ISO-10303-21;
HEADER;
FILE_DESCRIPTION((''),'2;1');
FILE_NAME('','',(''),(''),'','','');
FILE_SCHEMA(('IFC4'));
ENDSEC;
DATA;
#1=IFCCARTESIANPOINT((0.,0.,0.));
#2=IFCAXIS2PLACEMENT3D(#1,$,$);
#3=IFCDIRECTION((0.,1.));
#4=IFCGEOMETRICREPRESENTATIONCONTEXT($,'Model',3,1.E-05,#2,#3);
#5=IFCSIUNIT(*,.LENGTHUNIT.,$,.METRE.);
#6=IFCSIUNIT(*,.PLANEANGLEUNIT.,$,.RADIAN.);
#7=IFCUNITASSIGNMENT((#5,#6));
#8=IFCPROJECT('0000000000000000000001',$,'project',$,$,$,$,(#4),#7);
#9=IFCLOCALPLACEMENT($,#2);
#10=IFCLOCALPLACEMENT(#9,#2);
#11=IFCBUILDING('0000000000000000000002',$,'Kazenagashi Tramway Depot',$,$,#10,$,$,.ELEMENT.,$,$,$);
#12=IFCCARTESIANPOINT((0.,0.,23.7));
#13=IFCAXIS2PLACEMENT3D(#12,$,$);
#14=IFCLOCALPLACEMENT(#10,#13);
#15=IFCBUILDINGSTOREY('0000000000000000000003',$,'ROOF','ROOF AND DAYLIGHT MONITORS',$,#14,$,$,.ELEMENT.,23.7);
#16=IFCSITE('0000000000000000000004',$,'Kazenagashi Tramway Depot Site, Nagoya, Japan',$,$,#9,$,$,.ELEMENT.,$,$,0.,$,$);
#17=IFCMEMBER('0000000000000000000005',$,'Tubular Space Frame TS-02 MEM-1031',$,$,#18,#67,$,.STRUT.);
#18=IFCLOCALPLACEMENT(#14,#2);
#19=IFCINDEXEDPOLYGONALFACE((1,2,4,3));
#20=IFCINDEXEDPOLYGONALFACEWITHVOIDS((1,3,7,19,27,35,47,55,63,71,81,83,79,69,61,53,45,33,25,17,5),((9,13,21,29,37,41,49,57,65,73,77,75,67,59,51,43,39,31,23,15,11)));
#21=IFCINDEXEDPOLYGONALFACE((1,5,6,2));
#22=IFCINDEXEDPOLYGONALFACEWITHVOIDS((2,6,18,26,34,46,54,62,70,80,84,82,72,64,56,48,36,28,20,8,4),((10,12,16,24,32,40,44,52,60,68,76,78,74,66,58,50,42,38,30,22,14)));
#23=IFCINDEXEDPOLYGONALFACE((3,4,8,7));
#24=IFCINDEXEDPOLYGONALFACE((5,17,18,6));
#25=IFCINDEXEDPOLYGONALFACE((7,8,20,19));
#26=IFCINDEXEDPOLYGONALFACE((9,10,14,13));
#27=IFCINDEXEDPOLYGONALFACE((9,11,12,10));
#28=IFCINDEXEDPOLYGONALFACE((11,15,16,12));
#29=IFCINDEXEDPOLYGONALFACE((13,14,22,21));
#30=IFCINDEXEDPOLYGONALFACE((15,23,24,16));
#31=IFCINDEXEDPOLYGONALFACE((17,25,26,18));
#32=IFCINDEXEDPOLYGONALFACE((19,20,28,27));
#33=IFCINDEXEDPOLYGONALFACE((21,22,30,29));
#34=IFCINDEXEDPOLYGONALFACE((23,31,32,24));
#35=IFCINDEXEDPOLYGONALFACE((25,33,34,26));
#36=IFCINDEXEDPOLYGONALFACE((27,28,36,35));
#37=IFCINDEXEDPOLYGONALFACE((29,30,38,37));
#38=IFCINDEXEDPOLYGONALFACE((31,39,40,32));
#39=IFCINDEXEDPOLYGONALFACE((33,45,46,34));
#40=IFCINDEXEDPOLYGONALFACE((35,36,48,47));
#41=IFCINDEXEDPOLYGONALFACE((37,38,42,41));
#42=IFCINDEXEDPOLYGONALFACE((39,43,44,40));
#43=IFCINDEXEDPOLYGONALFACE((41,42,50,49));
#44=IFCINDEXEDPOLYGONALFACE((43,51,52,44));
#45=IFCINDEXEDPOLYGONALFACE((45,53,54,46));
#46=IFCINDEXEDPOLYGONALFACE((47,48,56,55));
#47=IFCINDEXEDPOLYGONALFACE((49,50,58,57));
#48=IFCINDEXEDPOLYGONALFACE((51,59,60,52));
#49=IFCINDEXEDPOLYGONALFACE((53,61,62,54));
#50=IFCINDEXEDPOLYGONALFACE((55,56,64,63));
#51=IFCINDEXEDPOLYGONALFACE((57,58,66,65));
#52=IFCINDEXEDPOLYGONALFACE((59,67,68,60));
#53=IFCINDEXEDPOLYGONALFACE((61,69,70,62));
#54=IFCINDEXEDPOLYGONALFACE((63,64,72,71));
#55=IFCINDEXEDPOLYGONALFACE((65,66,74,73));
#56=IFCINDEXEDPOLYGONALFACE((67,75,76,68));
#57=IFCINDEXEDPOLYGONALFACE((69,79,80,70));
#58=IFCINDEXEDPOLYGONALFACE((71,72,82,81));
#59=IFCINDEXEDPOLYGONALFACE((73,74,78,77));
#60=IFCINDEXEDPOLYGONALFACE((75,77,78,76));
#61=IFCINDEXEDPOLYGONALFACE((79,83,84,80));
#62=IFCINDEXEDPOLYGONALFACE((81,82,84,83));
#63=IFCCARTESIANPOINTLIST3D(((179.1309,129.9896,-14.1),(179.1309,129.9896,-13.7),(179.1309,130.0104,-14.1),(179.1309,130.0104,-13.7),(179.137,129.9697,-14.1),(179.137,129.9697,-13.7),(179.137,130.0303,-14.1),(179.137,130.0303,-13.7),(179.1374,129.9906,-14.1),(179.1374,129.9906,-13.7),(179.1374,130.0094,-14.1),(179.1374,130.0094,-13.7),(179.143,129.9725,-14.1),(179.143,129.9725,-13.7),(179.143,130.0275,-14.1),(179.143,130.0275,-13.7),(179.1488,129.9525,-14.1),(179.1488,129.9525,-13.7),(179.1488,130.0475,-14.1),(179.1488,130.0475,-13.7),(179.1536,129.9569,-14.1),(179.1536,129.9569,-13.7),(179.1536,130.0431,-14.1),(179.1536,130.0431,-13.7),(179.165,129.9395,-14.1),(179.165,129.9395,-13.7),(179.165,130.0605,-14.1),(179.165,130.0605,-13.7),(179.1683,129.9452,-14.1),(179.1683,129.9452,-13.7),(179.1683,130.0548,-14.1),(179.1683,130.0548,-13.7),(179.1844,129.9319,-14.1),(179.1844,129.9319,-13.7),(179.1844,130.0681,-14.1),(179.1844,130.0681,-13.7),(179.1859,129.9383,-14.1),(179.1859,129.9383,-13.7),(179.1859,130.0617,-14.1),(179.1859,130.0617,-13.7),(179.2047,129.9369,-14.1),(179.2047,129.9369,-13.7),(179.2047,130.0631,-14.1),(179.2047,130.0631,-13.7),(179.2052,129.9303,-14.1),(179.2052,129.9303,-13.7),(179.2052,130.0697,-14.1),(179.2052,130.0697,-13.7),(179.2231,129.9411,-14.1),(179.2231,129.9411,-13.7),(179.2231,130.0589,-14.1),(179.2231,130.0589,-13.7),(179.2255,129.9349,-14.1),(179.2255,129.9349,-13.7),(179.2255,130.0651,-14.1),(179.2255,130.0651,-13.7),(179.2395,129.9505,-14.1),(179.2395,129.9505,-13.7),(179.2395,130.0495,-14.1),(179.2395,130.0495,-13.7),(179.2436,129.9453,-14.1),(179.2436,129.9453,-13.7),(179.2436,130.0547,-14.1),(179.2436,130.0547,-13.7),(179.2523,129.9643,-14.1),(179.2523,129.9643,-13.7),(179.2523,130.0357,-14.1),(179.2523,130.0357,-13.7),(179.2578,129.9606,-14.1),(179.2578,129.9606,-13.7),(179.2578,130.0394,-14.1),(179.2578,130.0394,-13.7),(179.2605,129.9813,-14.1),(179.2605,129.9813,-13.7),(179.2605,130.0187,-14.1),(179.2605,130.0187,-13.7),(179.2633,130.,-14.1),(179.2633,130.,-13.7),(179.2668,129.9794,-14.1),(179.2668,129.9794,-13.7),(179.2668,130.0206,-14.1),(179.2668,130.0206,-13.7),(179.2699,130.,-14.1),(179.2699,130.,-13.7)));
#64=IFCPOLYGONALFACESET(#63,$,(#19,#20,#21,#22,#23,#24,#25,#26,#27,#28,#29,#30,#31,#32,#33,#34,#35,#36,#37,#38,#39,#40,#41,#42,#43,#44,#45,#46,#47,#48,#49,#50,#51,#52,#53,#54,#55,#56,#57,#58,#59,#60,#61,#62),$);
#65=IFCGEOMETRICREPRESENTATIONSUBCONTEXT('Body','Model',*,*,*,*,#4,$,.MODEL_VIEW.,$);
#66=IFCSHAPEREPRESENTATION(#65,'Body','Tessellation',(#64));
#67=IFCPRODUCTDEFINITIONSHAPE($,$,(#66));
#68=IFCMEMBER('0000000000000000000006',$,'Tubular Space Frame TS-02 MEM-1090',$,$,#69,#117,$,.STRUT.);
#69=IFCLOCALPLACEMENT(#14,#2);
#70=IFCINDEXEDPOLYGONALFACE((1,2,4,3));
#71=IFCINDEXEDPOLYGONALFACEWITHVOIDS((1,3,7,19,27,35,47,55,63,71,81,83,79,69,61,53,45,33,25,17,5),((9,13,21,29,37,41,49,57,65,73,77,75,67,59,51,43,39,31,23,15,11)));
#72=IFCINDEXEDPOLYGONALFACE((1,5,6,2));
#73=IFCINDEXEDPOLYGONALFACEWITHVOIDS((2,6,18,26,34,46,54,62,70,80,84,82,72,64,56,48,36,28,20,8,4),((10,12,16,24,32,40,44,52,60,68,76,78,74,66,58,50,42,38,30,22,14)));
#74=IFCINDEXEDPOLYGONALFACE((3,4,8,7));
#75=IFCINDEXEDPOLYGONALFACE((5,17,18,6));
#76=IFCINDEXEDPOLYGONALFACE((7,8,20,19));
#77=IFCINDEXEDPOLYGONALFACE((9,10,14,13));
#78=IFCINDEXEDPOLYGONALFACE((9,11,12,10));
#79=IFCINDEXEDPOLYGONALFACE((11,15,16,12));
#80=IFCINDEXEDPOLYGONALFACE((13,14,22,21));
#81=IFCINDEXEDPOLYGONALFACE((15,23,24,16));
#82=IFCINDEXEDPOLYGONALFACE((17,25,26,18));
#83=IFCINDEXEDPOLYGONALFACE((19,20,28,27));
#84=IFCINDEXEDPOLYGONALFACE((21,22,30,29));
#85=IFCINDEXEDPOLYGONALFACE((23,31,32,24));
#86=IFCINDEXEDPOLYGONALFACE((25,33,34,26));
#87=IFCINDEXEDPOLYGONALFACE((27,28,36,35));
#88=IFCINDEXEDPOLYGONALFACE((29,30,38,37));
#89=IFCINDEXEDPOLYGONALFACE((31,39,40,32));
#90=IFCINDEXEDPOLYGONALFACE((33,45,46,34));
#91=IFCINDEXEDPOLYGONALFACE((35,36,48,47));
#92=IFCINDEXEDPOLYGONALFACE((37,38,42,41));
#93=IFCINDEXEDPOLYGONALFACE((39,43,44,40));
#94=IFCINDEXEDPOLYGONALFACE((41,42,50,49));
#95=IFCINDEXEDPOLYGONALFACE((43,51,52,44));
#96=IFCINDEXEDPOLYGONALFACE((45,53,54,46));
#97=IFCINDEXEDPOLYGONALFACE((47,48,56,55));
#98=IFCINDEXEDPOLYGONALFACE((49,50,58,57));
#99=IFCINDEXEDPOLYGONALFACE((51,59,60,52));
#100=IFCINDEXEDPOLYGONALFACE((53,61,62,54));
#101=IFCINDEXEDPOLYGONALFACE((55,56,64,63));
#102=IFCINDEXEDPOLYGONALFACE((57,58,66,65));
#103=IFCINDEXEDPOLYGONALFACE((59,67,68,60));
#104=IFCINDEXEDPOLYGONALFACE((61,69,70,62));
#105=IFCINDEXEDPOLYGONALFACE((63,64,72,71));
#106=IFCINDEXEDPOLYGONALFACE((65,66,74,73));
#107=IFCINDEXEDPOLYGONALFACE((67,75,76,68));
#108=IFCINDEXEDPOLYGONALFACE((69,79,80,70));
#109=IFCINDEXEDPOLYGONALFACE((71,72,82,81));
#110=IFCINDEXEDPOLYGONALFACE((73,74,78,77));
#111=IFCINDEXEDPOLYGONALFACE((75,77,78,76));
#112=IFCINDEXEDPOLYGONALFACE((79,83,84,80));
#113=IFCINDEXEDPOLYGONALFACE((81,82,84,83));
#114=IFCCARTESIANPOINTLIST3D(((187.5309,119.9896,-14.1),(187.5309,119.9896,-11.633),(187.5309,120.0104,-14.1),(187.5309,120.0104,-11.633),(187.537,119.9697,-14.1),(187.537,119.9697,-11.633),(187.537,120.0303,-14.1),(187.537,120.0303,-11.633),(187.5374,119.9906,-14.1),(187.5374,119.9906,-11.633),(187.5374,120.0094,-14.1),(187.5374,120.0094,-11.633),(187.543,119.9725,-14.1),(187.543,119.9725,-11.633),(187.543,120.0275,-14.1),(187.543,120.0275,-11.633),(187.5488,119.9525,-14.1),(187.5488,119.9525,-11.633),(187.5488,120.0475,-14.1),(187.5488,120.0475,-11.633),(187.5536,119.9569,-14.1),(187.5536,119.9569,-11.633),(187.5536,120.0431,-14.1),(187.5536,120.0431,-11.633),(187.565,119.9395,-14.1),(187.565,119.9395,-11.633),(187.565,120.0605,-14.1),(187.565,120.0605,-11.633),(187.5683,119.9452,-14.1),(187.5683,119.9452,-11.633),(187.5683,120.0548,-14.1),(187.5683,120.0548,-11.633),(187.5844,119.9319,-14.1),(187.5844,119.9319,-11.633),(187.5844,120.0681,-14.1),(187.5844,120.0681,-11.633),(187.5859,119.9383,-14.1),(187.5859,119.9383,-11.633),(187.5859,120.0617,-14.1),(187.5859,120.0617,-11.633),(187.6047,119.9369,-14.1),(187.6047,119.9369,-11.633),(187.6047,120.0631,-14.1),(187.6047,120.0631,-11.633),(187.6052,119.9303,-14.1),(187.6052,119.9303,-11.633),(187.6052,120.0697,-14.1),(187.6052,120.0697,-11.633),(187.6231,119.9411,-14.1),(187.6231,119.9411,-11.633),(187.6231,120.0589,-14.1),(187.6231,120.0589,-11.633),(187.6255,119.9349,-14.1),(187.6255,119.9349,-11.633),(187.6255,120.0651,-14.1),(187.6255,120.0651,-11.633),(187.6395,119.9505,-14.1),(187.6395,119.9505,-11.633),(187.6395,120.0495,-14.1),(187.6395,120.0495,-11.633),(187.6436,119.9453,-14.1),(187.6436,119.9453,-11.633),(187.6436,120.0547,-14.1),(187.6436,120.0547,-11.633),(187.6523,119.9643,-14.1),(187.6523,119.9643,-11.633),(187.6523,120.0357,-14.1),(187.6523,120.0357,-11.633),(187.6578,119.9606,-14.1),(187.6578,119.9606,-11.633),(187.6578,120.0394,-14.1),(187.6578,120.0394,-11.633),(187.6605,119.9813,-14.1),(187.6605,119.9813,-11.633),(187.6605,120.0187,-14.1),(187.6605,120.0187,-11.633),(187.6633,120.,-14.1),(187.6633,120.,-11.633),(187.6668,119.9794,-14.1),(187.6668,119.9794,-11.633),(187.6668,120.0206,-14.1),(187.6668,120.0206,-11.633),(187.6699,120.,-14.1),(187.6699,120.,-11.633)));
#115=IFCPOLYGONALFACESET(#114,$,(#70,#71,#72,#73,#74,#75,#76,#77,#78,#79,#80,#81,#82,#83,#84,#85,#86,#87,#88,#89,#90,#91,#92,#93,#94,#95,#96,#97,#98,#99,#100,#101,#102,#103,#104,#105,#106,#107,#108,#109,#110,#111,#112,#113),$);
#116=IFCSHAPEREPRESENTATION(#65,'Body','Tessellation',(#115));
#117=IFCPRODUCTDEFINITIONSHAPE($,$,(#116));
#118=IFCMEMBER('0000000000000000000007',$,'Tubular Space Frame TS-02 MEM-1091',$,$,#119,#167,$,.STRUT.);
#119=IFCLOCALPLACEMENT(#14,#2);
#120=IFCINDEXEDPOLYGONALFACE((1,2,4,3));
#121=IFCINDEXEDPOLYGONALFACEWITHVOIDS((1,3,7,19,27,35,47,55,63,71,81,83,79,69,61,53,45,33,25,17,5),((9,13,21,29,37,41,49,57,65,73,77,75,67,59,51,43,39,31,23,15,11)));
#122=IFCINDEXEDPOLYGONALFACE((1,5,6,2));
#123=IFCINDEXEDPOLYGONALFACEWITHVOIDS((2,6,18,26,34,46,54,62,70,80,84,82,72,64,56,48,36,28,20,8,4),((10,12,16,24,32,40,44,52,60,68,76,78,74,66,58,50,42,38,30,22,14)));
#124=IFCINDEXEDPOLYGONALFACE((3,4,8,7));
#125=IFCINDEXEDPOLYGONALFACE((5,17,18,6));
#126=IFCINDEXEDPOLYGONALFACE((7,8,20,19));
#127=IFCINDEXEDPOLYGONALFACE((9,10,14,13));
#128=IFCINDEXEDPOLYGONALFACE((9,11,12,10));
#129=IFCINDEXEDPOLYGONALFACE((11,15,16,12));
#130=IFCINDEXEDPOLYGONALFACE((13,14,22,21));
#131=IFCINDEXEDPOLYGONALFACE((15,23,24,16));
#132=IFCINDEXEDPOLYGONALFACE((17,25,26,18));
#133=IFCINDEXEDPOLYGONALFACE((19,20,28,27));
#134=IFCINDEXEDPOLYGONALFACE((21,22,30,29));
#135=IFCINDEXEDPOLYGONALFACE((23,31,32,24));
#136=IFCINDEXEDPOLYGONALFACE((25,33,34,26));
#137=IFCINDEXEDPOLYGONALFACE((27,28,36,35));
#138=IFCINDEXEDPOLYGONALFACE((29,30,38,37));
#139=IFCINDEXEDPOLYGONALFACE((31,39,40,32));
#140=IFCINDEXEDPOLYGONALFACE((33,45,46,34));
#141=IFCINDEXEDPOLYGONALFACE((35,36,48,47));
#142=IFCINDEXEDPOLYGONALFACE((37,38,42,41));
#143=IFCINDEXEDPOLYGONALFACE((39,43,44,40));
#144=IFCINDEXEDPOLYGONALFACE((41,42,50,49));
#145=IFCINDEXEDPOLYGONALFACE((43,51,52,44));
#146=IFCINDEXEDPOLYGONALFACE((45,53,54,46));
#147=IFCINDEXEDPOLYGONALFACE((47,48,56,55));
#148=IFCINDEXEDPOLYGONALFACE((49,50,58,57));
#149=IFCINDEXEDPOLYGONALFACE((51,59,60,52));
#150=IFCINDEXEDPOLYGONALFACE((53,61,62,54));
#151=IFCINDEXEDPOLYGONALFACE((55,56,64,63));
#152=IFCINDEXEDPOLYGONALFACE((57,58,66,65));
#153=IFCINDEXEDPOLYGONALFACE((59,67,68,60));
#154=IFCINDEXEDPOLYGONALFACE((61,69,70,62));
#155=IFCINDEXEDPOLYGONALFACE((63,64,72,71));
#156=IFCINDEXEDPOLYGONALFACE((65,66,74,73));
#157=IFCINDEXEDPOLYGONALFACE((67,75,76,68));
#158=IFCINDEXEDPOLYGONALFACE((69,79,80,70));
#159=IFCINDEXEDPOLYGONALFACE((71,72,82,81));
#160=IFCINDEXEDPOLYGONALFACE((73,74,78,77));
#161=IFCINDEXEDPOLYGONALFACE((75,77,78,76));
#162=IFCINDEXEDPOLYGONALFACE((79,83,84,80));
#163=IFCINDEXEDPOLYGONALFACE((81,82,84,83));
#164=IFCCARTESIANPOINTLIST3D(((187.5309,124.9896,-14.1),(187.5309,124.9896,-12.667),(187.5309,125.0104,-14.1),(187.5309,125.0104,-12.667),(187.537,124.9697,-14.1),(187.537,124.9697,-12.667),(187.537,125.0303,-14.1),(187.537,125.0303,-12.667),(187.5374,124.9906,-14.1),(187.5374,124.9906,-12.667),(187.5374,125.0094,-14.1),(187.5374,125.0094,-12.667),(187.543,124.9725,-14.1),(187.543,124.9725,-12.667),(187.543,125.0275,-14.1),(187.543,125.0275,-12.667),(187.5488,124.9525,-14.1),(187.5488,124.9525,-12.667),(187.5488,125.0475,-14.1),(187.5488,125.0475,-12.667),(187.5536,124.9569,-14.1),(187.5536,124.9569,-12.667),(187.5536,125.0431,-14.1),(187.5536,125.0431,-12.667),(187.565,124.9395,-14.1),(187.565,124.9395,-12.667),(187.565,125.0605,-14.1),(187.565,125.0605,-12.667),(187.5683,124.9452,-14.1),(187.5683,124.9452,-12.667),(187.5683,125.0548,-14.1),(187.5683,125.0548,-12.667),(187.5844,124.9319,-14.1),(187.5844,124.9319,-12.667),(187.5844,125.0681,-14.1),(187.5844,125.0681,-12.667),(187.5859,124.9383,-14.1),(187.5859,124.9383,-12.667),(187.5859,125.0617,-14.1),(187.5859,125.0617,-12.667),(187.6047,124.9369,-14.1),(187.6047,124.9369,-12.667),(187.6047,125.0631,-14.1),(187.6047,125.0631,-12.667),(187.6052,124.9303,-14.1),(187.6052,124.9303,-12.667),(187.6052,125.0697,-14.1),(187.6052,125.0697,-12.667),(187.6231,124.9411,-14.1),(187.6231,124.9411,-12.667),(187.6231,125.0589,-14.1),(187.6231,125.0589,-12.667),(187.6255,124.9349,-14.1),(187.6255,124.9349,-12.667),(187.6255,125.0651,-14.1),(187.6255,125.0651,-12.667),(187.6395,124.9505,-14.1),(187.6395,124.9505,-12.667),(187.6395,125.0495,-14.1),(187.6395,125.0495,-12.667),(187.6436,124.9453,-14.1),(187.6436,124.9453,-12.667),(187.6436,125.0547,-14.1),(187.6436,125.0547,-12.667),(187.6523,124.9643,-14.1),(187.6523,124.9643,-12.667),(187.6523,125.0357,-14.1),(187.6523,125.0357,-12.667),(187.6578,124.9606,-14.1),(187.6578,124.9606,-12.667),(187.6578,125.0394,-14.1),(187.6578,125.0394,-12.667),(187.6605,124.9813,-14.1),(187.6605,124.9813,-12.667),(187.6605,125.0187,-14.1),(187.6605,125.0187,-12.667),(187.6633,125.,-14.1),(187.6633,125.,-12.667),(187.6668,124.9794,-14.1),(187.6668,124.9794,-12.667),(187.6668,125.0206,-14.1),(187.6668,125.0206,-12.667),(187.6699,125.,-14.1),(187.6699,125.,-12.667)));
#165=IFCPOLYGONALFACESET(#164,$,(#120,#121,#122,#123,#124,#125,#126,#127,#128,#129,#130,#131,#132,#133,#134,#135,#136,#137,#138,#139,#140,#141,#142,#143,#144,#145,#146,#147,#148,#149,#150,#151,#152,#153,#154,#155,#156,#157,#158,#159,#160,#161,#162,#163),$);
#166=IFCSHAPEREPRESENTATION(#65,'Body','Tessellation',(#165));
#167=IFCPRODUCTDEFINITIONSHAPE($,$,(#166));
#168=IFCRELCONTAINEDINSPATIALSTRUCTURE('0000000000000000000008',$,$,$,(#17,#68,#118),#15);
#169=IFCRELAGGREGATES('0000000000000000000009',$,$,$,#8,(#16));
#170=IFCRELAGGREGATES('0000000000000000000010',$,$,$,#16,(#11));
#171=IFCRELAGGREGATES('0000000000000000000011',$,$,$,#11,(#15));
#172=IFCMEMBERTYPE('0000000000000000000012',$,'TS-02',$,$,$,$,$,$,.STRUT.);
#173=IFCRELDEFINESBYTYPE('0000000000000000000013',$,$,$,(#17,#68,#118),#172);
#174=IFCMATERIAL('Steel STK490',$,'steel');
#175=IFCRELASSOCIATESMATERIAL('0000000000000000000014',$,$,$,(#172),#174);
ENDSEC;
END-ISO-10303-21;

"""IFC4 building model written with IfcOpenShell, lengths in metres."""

from ifc_helpers import new_model, si_unit, direction, frame, origin, origin_2d, place, context, subcontext, project, spatial, hollow_circle, extrude, material, material_profile, profile_set, type_object, element, save


model = new_model("IFC4")

# Units and contexts
model_context = context("Model", 3, precision=1e-05, world=origin(), true_north=direction((0.0, 1.0)))
body_context = subcontext(model_context, "Body", "Model", "MODEL_VIEW")
ifc_project = project(units=[si_unit("LENGTHUNIT", "METRE"), si_unit("PLANEANGLEUNIT", "RADIAN")], contexts=[model_context])

# Site, building, storey
site_placement = place(None, origin())
site = spatial("IfcSite", under=ifc_project, at=site_placement, Name="Kazenagashi Tramway Depot Site, Nagoya, Japan", CompositionType="ELEMENT", RefElevation=0.0)
building_placement = place(site_placement, origin())
building = spatial("IfcBuilding", under=site, at=building_placement, Name="Kazenagashi Tramway Depot", CompositionType="ELEMENT")
storey_placement = place(building_placement, frame((0.0, 0.0, 23.7)))
storey = spatial("IfcBuildingStorey", under=building, at=storey_placement, Name="ROOF", Description="ROOF AND DAYLIGHT MONITORS", CompositionType="ELEMENT", Elevation=23.7)

# Members
ifc_material_1 = material(Name="Steel STK490", Category="steel")
ifc_material_profile_1 = material_profile(ifc_material_1, hollow_circle(Radius=0.0699, WallThickness=0.0066, at=origin_2d()), Name="CHS-139.8x6.6")
ifc_profile_set_1 = profile_set([ifc_material_profile_1], Name="Steel STK490")
member_type_1 = type_object("IfcMemberType", Name="TS-02", PredefinedType="STRUT", material=ifc_profile_set_1)
member_1_placement = place(storey_placement, frame((179.2, 130.0, -14.1), z_axis=(0.0, 0.0, 1.0), x_axis=(1.0, 0.0, 0.0)))
element("IfcMember", 1, at=member_1_placement, inside=storey, type_object=member_type_1, Name="Tubular Space Frame TS-02 MEM-1031", PredefinedType="STRUT", context=body_context, shape_type="SweptSolid", body=[
    extrude(hollow_circle(Radius=0.0699, WallThickness=0.0066, at=origin_2d()), origin(), (0.0, 0.0, 1.0), 0.4),
])
member_2_placement = place(storey_placement, frame((187.6, 120.0, -14.1), z_axis=(0.0, 0.0, 1.0), x_axis=(1.0, 0.0, 0.0)))
element("IfcMember", 2, at=member_2_placement, inside=storey, type_object=member_type_1, Name="Tubular Space Frame TS-02 MEM-1090", PredefinedType="STRUT", context=body_context, shape_type="SweptSolid", body=[
    extrude(hollow_circle(Radius=0.0699, WallThickness=0.0066, at=origin_2d()), origin(), (0.0, 0.0, 1.0), 2.467),
])
member_3_placement = place(storey_placement, frame((187.6, 125.0, -14.1), z_axis=(0.0, 0.0, 1.0), x_axis=(1.0, 0.0, 0.0)))
element("IfcMember", 3, at=member_3_placement, inside=storey, type_object=member_type_1, Name="Tubular Space Frame TS-02 MEM-1091", PredefinedType="STRUT", context=body_context, shape_type="SweptSolid", body=[
    extrude(hollow_circle(Radius=0.0699, WallThickness=0.0066, at=origin_2d()), origin(), (0.0, 0.0, 1.0), 1.433),
])

save(model, "model.ifc")
